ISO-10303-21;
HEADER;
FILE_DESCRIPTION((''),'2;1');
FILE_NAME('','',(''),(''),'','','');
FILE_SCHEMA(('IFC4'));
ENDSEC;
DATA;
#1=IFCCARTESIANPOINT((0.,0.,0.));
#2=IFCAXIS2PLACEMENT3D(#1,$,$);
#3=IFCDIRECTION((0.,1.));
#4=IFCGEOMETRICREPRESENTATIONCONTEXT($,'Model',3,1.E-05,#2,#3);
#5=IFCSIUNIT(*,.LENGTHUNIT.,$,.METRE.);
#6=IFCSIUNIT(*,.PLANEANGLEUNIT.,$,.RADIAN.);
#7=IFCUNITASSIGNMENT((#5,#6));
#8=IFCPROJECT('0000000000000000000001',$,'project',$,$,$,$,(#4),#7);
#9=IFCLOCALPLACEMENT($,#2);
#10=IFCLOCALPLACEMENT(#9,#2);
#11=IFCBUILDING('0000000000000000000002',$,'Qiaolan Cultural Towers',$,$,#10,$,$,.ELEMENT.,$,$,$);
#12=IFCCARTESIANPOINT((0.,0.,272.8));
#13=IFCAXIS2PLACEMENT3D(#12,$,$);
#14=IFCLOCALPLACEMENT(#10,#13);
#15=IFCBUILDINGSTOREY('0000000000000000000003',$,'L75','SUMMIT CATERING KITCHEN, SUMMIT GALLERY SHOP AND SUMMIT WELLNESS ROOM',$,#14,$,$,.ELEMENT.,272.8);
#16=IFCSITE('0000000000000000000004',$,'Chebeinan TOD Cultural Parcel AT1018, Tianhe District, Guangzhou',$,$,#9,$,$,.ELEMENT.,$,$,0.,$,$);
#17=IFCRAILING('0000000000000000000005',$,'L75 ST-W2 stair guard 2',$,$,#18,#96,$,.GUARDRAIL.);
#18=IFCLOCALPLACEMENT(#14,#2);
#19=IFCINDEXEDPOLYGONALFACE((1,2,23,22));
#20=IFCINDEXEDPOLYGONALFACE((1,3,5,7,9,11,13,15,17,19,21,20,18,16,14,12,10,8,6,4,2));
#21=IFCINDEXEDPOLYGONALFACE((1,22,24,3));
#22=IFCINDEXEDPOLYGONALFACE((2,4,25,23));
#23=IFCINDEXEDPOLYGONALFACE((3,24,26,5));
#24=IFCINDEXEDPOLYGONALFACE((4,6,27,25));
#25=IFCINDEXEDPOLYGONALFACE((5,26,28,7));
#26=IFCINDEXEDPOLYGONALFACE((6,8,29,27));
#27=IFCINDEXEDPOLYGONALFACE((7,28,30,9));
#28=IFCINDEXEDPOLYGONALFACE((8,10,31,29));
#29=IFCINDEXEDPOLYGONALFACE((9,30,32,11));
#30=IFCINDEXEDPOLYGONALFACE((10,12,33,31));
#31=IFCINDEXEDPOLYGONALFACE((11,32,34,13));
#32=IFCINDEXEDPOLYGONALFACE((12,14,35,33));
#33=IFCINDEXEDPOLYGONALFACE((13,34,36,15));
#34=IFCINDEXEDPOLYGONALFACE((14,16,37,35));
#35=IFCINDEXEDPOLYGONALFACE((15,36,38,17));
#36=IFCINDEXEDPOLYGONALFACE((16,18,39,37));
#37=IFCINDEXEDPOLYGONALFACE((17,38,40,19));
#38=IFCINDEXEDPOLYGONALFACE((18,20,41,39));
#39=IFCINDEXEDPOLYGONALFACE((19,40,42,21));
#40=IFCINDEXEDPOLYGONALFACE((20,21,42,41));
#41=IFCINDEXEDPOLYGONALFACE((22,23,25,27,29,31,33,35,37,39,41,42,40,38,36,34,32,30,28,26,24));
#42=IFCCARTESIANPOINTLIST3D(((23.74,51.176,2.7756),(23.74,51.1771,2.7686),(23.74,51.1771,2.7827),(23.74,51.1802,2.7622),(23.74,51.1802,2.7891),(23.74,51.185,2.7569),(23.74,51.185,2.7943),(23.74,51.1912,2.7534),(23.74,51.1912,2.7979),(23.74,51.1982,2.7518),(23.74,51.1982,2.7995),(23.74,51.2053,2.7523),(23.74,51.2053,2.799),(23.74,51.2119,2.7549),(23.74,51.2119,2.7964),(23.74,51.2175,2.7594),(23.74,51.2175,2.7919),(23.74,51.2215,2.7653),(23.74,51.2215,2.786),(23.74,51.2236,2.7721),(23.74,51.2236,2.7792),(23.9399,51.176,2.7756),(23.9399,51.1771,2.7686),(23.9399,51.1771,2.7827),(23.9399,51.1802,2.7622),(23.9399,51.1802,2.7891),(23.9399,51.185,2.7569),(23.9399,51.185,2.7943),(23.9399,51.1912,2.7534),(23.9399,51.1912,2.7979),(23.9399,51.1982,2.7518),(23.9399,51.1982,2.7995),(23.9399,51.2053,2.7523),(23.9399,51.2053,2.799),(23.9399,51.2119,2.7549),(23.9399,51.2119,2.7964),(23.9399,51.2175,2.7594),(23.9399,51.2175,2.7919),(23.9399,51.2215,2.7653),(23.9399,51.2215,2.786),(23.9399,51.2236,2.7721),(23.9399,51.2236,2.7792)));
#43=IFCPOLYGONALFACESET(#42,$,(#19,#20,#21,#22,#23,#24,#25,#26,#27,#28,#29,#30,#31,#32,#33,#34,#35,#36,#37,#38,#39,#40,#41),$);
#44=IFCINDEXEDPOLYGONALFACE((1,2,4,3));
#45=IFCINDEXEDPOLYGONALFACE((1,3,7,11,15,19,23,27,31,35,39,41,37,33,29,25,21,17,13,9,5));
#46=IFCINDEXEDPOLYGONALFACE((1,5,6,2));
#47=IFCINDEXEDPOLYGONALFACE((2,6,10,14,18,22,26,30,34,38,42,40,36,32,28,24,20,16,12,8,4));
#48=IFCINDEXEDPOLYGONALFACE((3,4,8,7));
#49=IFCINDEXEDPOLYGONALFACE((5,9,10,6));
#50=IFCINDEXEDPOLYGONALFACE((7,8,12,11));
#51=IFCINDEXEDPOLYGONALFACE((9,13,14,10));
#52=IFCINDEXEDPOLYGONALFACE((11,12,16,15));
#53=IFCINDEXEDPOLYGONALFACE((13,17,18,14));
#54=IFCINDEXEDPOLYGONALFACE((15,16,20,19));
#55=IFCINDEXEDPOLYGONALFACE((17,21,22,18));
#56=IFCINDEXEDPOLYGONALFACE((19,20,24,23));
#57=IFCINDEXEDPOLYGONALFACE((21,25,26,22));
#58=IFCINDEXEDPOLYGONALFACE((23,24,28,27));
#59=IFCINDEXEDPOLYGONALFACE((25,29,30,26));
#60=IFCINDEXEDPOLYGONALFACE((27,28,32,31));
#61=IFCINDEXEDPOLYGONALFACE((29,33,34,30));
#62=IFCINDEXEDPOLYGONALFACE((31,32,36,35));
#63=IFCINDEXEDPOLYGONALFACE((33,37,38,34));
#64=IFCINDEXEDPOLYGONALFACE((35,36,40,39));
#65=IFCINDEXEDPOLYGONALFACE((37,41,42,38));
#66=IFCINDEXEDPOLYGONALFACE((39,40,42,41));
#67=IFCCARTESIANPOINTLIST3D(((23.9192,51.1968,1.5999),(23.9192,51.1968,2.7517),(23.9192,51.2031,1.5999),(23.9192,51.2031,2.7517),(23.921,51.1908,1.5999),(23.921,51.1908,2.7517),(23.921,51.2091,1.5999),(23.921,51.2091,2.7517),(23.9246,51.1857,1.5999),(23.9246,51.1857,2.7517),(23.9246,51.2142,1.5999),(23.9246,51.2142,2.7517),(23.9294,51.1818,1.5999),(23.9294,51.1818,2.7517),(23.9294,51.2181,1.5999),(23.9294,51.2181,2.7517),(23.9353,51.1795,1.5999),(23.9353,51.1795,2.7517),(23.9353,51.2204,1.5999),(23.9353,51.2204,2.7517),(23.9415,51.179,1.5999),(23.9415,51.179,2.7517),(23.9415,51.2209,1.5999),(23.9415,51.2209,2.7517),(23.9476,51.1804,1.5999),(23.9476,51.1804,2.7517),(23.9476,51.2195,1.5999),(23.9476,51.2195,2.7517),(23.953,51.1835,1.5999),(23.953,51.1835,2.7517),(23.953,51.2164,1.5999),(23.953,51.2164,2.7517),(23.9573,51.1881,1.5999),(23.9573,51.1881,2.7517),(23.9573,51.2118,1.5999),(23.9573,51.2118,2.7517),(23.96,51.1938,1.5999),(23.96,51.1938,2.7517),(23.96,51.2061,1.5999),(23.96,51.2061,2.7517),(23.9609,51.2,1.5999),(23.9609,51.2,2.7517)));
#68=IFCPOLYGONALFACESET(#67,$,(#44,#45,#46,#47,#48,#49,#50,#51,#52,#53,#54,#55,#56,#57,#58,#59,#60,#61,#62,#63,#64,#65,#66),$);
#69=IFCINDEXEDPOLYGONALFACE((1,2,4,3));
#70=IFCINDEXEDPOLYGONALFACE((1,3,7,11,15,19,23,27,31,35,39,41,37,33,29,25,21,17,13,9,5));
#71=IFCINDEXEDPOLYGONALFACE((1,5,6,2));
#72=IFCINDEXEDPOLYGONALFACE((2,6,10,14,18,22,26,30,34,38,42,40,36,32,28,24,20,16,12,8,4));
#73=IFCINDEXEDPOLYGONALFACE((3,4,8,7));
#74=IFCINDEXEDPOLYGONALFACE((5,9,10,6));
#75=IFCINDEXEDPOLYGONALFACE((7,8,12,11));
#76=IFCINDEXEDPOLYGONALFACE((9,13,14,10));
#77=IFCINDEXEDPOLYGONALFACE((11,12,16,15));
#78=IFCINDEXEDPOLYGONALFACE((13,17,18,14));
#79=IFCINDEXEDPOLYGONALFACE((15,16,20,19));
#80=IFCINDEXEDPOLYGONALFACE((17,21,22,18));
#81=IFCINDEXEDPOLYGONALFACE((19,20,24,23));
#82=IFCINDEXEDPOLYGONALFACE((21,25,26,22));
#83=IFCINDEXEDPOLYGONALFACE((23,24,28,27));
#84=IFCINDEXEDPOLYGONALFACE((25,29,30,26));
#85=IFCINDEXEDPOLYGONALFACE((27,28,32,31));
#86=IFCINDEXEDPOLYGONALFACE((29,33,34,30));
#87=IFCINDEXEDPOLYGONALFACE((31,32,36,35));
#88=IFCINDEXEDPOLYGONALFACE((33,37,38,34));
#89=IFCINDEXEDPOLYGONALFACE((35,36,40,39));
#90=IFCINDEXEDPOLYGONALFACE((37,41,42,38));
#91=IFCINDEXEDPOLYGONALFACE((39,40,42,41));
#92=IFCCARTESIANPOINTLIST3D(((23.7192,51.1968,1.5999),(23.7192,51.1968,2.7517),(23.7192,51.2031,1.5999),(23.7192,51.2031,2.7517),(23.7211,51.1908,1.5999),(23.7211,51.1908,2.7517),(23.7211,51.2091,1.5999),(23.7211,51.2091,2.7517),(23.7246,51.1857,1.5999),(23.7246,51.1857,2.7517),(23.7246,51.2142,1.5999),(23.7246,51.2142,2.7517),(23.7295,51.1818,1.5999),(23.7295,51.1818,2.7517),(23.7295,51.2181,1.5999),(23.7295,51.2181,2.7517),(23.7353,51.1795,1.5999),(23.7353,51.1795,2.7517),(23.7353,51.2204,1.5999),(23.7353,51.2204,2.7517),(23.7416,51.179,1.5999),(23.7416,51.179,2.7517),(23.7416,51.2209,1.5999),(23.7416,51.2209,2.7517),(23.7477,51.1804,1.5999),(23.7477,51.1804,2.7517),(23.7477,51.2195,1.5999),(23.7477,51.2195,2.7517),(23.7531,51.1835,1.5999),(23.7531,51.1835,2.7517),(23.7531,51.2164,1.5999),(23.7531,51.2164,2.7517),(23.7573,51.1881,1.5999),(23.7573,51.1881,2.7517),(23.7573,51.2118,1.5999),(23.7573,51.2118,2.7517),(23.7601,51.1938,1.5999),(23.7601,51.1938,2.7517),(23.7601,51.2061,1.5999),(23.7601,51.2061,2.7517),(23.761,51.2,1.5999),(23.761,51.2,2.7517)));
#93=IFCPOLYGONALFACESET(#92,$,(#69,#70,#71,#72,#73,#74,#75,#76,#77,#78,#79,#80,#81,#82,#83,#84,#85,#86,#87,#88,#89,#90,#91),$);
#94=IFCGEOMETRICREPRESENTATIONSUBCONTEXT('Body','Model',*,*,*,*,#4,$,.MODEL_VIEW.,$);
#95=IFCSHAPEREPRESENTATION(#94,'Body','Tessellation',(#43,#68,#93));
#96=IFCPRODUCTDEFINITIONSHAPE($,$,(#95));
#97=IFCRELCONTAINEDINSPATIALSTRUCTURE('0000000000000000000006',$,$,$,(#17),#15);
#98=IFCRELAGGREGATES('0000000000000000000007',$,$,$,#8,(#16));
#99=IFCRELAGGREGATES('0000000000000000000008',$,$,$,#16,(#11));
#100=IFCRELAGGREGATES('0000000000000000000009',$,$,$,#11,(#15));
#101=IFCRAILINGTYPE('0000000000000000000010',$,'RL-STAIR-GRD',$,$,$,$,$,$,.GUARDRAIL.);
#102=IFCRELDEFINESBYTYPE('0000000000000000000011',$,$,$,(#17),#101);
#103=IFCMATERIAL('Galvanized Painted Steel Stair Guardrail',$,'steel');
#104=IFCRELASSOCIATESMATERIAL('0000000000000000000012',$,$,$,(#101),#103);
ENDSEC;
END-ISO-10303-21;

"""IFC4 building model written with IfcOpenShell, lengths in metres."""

from ifc_helpers import new_model, si_unit, direction, frame, origin, origin_2d, place, context, subcontext, project, spatial, circle, extrude, material, type_object, element, save


model = new_model("IFC4")

# Units and contexts
model_context = context("Model", 3, precision=1e-05, world=origin(), true_north=direction((0.0, 1.0)))
body_context = subcontext(model_context, "Body", "Model", "MODEL_VIEW")
ifc_project = project(units=[si_unit("LENGTHUNIT", "METRE"), si_unit("PLANEANGLEUNIT", "RADIAN")], contexts=[model_context])

# Site, building, storey
site_placement = place(None, origin())
site = spatial("IfcSite", under=ifc_project, at=site_placement, Name="Chebeinan TOD Cultural Parcel AT1018, Tianhe District, Guangzhou", CompositionType="ELEMENT", RefElevation=0.0)
building_placement = place(site_placement, origin())
building = spatial("IfcBuilding", under=site, at=building_placement, Name="Qiaolan Cultural Towers", CompositionType="ELEMENT")
storey_placement = place(building_placement, frame((0.0, 0.0, 272.8)))
storey = spatial("IfcBuildingStorey", under=building, at=storey_placement, Name="L75", Description="SUMMIT CATERING KITCHEN, SUMMIT GALLERY SHOP AND SUMMIT WELLNESS ROOM", CompositionType="ELEMENT", Elevation=272.8)

# Railing
ifc_material_1 = material(Name="Galvanized Painted Steel Stair Guardrail", Category="steel")
railing_type_1 = type_object("IfcRailingType", Name="RL-STAIR-GRD", PredefinedType="GUARDRAIL", material=ifc_material_1)
railing_1_placement = place(storey_placement, frame((23.9399, 51.2, 1.5999)))
element("IfcRailing", 1, at=railing_1_placement, inside=storey, type_object=railing_type_1, Name="L75 ST-W2 stair guard 2", PredefinedType="GUARDRAIL", context=body_context, shape_type="SweptSolid", body=[
    extrude(circle(Radius=0.0239, at=origin_2d()), frame((0.0, 0.0, 1.1758), z_axis=(-1.0, 0.0, 0.0), x_axis=(0.0, -1.0, 0.0)), (0.0, 0.0, 1.0), 0.2),
    extrude(circle(Radius=0.021, at=origin_2d()), origin(), (0.0, 0.0, 1.0), 1.1519),
    extrude(circle(Radius=0.021, at=origin_2d()), frame((-0.2, 0.0, 0.0)), (0.0, 0.0, 1.0), 1.1519),
])

save(model, "model.ifc")
